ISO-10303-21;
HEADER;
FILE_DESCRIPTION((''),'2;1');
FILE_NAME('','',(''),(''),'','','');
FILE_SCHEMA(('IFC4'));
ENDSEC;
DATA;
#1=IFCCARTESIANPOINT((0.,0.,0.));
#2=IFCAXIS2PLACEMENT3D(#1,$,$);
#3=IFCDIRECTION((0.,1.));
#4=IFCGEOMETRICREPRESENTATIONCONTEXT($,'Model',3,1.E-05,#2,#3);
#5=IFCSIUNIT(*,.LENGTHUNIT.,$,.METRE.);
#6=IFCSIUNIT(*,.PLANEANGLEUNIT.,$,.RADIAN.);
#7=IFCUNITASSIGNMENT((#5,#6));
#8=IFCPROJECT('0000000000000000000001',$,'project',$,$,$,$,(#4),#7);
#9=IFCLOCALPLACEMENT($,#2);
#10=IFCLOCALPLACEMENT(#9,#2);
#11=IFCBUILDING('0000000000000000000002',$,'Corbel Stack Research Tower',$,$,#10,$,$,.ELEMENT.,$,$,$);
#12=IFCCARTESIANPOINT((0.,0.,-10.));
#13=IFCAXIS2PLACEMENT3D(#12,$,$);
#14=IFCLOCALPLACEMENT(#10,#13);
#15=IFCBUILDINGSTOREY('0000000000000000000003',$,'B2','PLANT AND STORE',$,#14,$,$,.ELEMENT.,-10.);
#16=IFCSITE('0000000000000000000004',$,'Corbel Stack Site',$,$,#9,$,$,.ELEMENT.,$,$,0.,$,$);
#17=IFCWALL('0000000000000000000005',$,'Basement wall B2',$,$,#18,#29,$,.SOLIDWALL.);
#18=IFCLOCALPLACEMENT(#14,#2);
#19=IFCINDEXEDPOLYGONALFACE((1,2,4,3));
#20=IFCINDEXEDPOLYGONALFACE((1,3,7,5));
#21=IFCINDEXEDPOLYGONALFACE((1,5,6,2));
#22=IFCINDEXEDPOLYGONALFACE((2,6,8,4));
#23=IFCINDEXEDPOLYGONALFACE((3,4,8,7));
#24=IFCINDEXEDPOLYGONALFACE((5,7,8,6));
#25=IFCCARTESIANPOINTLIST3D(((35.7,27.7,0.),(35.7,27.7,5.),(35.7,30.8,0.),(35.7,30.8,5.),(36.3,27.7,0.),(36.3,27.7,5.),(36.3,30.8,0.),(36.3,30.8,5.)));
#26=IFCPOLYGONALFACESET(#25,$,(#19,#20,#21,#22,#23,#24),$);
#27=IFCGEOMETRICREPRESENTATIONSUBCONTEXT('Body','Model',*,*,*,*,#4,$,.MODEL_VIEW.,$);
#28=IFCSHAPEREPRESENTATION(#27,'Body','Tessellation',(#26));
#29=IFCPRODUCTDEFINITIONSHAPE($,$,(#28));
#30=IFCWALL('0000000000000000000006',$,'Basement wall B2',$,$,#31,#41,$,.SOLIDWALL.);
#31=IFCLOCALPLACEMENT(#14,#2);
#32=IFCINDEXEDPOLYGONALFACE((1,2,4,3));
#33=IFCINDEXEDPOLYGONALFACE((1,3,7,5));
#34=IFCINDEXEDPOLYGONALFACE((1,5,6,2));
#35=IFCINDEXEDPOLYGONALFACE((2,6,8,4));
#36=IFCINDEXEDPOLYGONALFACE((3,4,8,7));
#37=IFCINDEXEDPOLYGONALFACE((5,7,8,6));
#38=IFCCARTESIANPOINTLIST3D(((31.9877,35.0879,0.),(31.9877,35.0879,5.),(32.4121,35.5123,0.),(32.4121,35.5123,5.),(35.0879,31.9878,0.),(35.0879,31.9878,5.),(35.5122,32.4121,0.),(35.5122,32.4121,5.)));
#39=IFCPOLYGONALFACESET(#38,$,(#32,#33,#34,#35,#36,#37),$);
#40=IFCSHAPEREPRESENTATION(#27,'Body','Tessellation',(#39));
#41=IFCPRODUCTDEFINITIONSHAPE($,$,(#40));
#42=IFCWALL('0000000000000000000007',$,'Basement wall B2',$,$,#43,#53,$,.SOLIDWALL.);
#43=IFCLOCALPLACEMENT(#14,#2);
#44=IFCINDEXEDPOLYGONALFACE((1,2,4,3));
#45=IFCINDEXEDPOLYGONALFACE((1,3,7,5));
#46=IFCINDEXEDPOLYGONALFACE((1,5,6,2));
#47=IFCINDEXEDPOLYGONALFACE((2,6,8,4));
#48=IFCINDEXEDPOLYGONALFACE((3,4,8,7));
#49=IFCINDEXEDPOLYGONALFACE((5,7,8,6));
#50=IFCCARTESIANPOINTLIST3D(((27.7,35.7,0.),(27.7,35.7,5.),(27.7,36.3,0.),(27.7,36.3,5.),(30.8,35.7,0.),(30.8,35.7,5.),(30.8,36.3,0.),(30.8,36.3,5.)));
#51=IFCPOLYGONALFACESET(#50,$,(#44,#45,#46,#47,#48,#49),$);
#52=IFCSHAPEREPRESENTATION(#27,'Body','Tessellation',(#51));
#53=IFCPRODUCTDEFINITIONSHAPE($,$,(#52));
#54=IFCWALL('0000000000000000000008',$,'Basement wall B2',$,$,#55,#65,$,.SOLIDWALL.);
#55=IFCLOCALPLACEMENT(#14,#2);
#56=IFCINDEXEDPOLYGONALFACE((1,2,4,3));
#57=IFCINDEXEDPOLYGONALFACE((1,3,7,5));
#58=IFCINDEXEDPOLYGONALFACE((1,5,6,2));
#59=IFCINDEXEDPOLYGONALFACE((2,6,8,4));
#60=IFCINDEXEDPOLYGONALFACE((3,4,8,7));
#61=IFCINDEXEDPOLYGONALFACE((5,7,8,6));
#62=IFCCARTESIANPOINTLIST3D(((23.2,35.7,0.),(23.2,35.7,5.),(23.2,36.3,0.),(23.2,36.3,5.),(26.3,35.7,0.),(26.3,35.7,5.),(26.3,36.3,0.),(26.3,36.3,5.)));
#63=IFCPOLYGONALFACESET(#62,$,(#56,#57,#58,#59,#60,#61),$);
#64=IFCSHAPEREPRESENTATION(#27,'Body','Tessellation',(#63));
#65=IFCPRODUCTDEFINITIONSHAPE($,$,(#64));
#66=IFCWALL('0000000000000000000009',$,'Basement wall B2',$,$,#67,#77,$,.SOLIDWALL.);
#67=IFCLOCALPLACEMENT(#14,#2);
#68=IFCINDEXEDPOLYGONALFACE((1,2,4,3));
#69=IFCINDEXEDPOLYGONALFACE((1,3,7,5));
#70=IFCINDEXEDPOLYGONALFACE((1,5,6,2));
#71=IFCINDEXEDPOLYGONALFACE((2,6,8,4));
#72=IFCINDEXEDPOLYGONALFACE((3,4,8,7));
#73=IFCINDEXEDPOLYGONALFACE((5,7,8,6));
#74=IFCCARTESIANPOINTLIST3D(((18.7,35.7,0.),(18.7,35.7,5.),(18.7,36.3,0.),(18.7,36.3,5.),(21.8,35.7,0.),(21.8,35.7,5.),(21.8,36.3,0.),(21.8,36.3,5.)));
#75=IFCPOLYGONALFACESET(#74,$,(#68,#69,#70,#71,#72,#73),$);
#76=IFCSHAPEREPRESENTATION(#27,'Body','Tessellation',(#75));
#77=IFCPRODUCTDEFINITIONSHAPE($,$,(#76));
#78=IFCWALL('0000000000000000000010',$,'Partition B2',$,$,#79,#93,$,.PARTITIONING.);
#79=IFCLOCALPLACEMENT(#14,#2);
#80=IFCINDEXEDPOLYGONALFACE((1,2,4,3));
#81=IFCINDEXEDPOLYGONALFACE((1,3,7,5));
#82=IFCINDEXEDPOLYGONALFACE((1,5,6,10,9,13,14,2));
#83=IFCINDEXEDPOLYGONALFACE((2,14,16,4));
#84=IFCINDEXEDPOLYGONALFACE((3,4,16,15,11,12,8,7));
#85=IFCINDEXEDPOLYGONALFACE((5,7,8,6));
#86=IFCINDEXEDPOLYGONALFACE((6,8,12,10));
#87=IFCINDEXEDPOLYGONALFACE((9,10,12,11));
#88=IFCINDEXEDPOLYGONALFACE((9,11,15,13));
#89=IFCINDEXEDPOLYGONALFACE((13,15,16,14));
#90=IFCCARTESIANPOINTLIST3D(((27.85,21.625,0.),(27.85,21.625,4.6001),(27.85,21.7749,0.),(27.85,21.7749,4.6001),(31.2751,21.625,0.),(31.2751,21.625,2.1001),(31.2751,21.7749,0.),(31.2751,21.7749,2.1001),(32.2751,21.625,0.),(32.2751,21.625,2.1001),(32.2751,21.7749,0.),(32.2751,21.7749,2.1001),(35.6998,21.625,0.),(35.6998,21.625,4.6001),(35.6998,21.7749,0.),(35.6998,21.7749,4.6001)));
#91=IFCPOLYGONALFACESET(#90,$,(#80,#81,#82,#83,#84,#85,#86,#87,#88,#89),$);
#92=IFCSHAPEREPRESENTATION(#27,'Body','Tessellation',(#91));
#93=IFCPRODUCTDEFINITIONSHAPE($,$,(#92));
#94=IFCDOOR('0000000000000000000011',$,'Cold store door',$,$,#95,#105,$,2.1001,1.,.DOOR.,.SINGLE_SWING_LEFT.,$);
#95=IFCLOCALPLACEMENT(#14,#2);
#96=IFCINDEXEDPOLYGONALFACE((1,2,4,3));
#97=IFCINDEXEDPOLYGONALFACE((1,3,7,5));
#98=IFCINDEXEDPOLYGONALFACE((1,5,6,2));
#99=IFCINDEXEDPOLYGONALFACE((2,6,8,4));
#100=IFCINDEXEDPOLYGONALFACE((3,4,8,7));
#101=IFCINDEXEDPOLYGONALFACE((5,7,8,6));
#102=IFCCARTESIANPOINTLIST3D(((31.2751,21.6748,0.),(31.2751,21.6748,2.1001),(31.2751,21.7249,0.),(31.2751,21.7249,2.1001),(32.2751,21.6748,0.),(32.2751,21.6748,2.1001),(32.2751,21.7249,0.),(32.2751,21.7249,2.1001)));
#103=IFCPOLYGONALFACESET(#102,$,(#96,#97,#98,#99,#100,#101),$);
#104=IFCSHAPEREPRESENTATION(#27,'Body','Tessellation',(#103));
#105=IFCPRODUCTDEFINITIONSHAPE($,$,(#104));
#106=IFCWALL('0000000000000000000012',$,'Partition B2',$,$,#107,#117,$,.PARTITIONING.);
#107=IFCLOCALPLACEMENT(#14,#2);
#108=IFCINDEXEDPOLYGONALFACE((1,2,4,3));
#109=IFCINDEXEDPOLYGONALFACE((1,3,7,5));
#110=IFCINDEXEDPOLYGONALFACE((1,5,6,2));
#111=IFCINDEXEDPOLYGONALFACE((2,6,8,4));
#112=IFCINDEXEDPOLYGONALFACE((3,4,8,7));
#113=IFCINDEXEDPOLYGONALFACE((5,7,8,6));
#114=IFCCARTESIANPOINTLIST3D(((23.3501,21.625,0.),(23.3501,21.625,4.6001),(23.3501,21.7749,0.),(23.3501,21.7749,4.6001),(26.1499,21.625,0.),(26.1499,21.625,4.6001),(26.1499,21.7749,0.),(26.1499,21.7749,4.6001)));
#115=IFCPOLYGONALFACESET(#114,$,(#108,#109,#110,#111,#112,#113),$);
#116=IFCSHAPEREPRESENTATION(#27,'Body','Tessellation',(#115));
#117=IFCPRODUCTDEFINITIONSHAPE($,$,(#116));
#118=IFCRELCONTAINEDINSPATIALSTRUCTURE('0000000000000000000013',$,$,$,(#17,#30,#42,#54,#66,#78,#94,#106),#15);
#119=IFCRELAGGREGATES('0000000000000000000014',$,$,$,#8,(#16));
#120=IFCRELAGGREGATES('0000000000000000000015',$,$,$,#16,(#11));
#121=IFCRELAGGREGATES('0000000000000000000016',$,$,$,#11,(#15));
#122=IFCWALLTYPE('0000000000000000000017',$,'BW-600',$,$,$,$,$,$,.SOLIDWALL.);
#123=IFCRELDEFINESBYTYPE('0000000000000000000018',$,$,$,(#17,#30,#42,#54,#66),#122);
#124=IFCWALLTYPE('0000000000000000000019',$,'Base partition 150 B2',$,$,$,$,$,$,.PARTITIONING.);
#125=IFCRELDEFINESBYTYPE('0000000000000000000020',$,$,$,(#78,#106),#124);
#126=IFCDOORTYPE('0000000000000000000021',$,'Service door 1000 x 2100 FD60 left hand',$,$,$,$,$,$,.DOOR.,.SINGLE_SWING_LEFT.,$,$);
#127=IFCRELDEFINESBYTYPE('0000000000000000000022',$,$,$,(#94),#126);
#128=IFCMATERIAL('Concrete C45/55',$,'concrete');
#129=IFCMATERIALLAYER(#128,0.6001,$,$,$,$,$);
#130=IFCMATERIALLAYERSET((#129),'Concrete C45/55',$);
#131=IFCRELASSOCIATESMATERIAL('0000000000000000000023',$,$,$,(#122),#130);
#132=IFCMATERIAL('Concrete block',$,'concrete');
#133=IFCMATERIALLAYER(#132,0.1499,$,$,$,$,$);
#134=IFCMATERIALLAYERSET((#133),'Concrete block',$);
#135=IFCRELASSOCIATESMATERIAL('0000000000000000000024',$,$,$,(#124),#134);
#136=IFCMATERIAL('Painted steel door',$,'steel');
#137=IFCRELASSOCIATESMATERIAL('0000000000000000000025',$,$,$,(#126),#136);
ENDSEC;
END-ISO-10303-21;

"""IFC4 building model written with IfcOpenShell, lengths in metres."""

from ifc_helpers import new_model, si_unit, direction, frame, frame_2d, origin, place, context, subcontext, project, spatial, rectangle, extrude, material, layer, layer_set, type_object, element, fill, save


model = new_model("IFC4")

# Units and contexts
model_context = context("Model", 3, precision=1e-05, world=origin(), true_north=direction((0.0, 1.0)))
body_context = subcontext(model_context, "Body", "Model", "MODEL_VIEW")
ifc_project = project(units=[si_unit("LENGTHUNIT", "METRE"), si_unit("PLANEANGLEUNIT", "RADIAN")], contexts=[model_context])

# Site, building, storey
site_placement = place(None, origin())
site = spatial("IfcSite", under=ifc_project, at=site_placement, Name="Corbel Stack Site", CompositionType="ELEMENT", RefElevation=0.0)
building_placement = place(site_placement, origin())
building = spatial("IfcBuilding", under=site, at=building_placement, Name="Corbel Stack Research Tower", CompositionType="ELEMENT")
storey_placement = place(building_placement, frame((0.0, 0.0, -10.0)))
storey = spatial("IfcBuildingStorey", under=building, at=storey_placement, Name="B2", Description="PLANT AND STORE", CompositionType="ELEMENT", Elevation=-10.0)

# Walls
ifc_material_1 = material(Name="Concrete C45/55", Category="concrete")
ifc_layer_1 = layer(ifc_material_1, 0.6001)
ifc_layer_set_1 = layer_set([ifc_layer_1], Name="Concrete C45/55")
wall_type_1 = type_object("IfcWallType", Name="BW-600", PredefinedType="SOLIDWALL", material=ifc_layer_set_1)
for number, where, z_axis, x_axis, name in (
    (1, (36.0, 27.7, 0.0), (0.0, 0.0, 1.0), (0.0, 1.0, 0.0), "Basement wall B2"),
):
    element("IfcWall", number, at=place(storey_placement, frame(where, z_axis=z_axis, x_axis=x_axis)), inside=storey, type_object=wall_type_1, Name=name, PredefinedType="SOLIDWALL", context=body_context, shape_type="SweptSolid", body=[
        extrude(rectangle(XDim=3.1001, YDim=0.6001, at=frame_2d((1.55, 0.0))), origin(), (0.0, 0.0, 1.0), 5.0),
    ])
wall_1_placement = place(storey_placement, frame((35.3, 32.2, 0.0), z_axis=(0.0, 0.0, 1.0), x_axis=(-0.707107, 0.707107, 0.0)))
element("IfcWall", 2, at=wall_1_placement, inside=storey, type_object=wall_type_1, Name="Basement wall B2", PredefinedType="SOLIDWALL", context=body_context, shape_type="SweptSolid", body=[
    extrude(rectangle(XDim=4.3843, YDim=0.6001, at=frame_2d((2.1921, 0.0))), origin(), (0.0, 0.0, 1.0), 5.0),
])
for number, where, z_axis, x_axis, name in (
    (3, (30.8, 36.0, 0.0), (0.0, 0.0, 1.0), (-1.0, 0.0, 0.0), "Basement wall B2"),
    (4, (26.3, 36.0, 0.0), (0.0, 0.0, 1.0), (-1.0, 0.0, 0.0), "Basement wall B2"),
    (5, (21.8, 36.0, 0.0), (0.0, 0.0, 1.0), (-1.0, 0.0, 0.0), "Basement wall B2"),
):
    element("IfcWall", number, at=place(storey_placement, frame(where, z_axis=z_axis, x_axis=x_axis)), inside=storey, type_object=wall_type_1, Name=name, PredefinedType="SOLIDWALL", context=body_context, shape_type="SweptSolid", body=[
        extrude(rectangle(XDim=3.1001, YDim=0.6001, at=frame_2d((1.55, 0.0))), origin(), (0.0, 0.0, 1.0), 5.0),
    ])

# Wall, opening, door
ifc_material_2 = material(Name="Concrete block", Category="concrete")
ifc_layer_2 = layer(ifc_material_2, 0.1499)
ifc_layer_set_2 = layer_set([ifc_layer_2], Name="Concrete block")
wall_type_2 = type_object("IfcWallType", Name="Base partition 150 B2", PredefinedType="PARTITIONING", material=ifc_layer_set_2)
wall_2_placement = place(storey_placement, frame((27.8501, 21.7, 0.0), z_axis=(0.0, 0.0, 1.0), x_axis=(1.0, 0.0, 0.0)))
wall_2 = element("IfcWall", 6, at=wall_2_placement, inside=storey, type_object=wall_type_2, Name="Partition B2", PredefinedType="PARTITIONING", context=body_context, shape_type="SweptSolid", body=[
    extrude(rectangle(XDim=7.8499, YDim=0.1499, at=frame_2d((3.9248, 0.0))), origin(), (0.0, 0.0, 1.0), 4.6001),
])
opening_placement = place(wall_2_placement, frame((3.425, 0.0, 0.0)))
opening = element("IfcOpeningElement", 7, at=opening_placement, cuts=wall_2, PredefinedType="OPENING", context=body_context, shape_type="SweptSolid", body=[
    extrude(rectangle(XDim=1.0, YDim=2.1001, at=frame_2d((0.5, 1.05))), frame((0.0, 0.085, 0.0), z_axis=(0.0, -1.0, 0.0), x_axis=(1.0, 0.0, 0.0)), (0.0, 0.0, 1.0), 0.1699),
])
ifc_material_3 = material(Name="Painted steel door", Category="steel")
door_type = type_object("IfcDoorType", Name="Service door 1000 x 2100 FD60 left hand", OperationType="SINGLE_SWING_LEFT", PredefinedType="DOOR", material=ifc_material_3)
door_placement = place(opening_placement, origin())
door = element("IfcDoor", 8, at=door_placement, inside=storey, type_object=door_type, Name="Cold store door", OperationType="SINGLE_SWING_LEFT", OverallHeight=2.1001, OverallWidth=1.0, PredefinedType="DOOR", context=body_context, shape_type="SweptSolid", body=[
    extrude(rectangle(XDim=1.0, YDim=2.1001, at=frame_2d((0.5, 1.05))), frame((0.0, 0.0249, 0.0), z_axis=(0.0, -1.0, 0.0), x_axis=(1.0, 0.0, 0.0)), (0.0, 0.0, 1.0), 0.05),
])
fill(opening, door)

# Wall
wall_3_placement = place(storey_placement, frame((23.3501, 21.7, 0.0), z_axis=(0.0, 0.0, 1.0), x_axis=(1.0, 0.0, 0.0)))
element("IfcWall", 9, at=wall_3_placement, inside=storey, type_object=wall_type_2, Name="Partition B2", PredefinedType="PARTITIONING", context=body_context, shape_type="SweptSolid", body=[
    extrude(rectangle(XDim=2.7998, YDim=0.1499, at=frame_2d((1.3999, 0.0))), origin(), (0.0, 0.0, 1.0), 4.6001),
])

save(model, "model.ifc")
